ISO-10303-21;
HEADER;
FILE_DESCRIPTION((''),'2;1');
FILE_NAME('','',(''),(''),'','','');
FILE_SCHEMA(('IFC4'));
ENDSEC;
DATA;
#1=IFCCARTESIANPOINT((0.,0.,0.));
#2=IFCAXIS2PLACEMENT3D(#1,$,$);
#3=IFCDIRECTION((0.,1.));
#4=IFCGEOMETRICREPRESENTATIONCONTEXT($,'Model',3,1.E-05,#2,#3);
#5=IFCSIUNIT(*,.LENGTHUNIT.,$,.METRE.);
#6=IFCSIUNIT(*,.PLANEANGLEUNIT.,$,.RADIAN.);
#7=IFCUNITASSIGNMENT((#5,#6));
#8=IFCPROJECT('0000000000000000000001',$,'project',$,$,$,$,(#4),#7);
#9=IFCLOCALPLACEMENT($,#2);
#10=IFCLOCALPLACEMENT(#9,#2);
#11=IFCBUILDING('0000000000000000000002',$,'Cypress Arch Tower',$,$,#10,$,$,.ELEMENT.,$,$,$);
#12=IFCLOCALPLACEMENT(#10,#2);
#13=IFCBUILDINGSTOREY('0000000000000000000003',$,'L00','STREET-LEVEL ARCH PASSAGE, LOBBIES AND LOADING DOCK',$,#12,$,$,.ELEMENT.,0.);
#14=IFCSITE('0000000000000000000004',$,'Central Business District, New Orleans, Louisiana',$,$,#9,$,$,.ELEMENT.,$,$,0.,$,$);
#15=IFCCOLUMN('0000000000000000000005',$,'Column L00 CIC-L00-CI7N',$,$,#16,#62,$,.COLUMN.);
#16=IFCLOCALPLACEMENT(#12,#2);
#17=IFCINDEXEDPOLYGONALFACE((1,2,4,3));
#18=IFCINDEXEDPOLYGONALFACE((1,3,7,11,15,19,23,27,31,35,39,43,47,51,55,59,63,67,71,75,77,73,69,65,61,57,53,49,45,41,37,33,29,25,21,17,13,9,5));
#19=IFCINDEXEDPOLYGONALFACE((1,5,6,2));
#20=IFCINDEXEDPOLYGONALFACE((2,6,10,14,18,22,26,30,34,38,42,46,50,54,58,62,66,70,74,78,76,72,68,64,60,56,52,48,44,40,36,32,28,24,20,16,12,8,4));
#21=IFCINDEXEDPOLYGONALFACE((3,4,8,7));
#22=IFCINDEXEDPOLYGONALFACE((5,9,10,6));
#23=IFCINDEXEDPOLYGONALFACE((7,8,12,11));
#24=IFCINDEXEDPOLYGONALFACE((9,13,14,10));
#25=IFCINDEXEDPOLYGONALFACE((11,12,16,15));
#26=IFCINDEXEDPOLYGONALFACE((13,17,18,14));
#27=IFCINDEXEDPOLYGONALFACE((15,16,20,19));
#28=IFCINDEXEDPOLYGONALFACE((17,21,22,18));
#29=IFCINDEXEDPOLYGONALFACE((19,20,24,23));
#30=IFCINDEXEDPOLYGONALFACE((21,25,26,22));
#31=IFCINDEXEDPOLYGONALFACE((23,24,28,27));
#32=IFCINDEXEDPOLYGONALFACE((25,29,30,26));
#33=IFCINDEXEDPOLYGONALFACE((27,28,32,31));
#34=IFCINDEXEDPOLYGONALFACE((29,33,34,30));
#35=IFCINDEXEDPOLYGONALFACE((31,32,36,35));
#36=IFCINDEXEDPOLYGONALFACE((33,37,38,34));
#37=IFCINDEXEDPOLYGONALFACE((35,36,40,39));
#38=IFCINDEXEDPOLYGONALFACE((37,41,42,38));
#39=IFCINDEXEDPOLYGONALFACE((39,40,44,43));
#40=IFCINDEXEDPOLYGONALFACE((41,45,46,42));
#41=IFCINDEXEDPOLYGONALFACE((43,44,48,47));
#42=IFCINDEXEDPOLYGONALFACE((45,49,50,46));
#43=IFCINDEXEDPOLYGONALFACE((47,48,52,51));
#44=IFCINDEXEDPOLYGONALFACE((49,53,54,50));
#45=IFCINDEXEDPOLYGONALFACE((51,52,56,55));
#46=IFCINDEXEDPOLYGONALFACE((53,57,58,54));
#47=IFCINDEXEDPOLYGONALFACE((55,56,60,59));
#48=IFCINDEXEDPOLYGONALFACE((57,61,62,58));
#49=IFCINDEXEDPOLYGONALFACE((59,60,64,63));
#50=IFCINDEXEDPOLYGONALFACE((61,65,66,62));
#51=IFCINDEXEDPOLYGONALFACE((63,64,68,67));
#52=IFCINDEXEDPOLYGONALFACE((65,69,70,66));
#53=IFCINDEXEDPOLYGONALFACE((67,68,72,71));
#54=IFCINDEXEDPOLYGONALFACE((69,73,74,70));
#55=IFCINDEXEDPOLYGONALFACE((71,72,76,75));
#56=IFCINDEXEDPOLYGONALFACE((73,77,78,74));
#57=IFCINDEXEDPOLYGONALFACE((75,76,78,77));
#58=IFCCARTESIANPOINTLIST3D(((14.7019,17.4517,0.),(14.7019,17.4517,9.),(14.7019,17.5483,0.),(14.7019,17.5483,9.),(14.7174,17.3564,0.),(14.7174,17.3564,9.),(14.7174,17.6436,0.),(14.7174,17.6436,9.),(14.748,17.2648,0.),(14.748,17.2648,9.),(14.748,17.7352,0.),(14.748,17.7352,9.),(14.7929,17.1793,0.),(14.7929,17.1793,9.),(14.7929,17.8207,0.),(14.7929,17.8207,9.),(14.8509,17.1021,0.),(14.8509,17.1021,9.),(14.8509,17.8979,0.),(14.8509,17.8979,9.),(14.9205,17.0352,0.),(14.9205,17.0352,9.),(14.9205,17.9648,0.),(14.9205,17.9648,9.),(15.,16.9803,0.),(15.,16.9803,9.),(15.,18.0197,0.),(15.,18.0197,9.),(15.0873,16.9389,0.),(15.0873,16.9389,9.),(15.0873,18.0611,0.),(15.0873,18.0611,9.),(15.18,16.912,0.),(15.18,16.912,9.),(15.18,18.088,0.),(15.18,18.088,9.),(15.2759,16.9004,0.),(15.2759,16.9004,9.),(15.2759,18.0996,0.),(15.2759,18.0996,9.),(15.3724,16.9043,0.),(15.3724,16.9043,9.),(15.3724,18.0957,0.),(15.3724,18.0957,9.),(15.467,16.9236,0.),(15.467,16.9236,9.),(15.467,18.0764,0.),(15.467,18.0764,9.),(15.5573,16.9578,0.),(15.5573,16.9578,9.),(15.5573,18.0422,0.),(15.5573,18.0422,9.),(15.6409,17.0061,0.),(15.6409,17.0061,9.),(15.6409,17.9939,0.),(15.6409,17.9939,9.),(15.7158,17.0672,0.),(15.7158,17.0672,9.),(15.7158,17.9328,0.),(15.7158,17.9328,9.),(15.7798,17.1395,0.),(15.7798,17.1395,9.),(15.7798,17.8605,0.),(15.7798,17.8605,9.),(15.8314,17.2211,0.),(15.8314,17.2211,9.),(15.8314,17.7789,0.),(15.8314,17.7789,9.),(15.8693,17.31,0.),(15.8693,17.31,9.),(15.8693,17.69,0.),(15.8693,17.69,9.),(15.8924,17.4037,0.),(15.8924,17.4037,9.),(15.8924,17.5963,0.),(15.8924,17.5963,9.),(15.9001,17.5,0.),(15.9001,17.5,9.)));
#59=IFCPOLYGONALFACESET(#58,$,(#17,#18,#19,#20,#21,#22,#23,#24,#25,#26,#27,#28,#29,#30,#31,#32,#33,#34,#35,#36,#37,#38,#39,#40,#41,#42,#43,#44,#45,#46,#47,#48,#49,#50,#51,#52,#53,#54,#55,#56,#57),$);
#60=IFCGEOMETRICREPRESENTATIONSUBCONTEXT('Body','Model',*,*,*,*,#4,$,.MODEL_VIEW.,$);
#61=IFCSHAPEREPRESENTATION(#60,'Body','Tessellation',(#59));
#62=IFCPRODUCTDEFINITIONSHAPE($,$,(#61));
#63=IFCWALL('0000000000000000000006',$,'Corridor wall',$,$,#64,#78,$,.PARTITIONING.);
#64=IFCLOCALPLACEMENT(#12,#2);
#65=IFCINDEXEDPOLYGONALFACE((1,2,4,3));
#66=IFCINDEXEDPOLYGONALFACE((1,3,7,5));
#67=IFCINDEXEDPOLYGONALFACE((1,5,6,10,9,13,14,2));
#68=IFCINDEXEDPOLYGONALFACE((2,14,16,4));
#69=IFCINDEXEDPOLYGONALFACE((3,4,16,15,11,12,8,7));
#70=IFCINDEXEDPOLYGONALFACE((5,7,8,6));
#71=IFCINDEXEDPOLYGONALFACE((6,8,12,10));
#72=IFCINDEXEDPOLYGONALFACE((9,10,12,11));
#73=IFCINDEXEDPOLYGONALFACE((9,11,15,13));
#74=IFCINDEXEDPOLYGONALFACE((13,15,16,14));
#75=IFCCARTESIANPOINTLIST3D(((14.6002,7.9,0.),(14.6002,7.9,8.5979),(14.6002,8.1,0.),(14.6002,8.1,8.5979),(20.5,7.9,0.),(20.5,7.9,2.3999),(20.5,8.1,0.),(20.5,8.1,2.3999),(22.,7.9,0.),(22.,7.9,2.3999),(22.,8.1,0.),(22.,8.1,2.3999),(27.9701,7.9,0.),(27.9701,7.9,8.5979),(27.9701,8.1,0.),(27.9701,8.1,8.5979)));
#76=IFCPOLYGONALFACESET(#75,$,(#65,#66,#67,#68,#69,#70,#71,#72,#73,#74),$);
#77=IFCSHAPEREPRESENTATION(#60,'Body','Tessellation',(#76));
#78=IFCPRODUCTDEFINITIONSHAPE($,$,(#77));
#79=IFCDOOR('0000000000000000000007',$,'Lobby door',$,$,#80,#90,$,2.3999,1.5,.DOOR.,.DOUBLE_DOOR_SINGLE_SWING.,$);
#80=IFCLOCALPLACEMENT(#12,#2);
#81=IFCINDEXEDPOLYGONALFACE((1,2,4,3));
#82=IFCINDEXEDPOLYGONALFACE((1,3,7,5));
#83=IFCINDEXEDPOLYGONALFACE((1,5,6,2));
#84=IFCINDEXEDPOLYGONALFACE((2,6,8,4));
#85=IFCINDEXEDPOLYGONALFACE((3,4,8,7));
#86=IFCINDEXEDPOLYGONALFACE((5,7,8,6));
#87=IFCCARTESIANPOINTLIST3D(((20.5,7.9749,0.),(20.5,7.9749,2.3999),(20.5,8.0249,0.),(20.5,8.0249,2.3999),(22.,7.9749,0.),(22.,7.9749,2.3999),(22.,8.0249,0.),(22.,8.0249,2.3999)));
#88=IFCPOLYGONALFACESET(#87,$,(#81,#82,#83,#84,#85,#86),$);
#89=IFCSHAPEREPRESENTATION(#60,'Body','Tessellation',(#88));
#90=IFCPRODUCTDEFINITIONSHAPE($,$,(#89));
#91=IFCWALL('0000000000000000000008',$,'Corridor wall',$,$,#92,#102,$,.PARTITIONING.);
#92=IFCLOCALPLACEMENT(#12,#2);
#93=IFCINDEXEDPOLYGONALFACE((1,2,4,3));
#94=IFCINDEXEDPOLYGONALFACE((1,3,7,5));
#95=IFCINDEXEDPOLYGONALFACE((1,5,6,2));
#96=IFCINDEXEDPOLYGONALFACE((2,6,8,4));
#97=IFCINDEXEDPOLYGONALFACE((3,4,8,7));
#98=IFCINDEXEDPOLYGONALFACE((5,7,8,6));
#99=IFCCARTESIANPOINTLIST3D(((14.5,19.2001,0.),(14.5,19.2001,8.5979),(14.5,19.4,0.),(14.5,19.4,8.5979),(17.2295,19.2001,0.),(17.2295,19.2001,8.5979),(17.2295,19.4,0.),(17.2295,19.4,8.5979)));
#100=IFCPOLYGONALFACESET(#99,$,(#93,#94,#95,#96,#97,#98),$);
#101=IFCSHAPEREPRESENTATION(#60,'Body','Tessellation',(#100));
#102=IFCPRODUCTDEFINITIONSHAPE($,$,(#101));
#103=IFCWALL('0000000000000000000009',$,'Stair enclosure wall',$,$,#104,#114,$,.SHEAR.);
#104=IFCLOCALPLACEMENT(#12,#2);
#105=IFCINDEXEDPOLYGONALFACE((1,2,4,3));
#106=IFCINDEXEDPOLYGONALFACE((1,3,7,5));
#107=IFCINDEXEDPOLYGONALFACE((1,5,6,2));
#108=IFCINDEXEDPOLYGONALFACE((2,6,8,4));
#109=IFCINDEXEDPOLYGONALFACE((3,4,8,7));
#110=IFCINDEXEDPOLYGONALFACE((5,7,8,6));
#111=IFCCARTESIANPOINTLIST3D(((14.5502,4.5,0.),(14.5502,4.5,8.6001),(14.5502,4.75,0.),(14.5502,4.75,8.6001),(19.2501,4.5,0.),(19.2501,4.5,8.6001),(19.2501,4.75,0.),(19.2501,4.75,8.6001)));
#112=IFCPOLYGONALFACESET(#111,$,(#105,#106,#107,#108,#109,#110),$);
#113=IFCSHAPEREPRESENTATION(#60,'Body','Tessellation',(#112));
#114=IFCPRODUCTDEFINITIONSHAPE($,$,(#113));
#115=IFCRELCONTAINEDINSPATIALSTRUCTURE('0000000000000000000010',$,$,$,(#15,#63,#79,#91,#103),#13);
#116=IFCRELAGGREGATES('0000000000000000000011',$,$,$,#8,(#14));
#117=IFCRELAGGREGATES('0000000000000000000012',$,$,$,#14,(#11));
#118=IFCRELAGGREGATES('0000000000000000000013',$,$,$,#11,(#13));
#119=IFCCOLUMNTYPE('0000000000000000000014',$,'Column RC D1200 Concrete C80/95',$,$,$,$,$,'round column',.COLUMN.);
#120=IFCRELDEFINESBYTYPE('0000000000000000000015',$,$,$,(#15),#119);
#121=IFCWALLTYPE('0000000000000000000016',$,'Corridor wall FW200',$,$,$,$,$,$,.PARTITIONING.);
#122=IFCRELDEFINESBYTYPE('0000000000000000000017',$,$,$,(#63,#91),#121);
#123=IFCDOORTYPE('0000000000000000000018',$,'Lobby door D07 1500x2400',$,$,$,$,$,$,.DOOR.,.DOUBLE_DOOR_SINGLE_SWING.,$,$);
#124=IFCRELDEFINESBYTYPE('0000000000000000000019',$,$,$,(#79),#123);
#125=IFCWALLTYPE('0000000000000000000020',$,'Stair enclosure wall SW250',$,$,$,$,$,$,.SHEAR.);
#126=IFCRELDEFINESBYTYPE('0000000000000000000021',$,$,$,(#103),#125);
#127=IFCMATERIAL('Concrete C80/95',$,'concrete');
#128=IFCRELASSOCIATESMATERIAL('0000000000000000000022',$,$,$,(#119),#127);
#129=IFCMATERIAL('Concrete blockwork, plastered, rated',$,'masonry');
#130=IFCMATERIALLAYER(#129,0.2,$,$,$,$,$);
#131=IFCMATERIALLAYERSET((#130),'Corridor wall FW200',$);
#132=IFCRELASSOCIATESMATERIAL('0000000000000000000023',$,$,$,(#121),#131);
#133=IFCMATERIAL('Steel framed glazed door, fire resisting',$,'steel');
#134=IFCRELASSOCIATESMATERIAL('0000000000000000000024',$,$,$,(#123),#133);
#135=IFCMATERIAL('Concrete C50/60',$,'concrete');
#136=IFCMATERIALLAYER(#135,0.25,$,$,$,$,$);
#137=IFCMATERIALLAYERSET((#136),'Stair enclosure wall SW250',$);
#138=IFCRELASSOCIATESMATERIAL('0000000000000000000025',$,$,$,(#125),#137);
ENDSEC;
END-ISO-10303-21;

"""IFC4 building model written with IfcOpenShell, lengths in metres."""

from ifc_helpers import new_model, si_unit, direction, frame, frame_2d, origin, origin_2d, place, context, subcontext, project, spatial, rectangle, circle, extrude, material, layer, layer_set, material_profile, profile_set, type_object, element, fill, save


model = new_model("IFC4")

# Units and contexts
model_context = context("Model", 3, precision=1e-05, world=origin(), true_north=direction((0.0, 1.0)))
body_context = subcontext(model_context, "Body", "Model", "MODEL_VIEW")
ifc_project = project(units=[si_unit("LENGTHUNIT", "METRE"), si_unit("PLANEANGLEUNIT", "RADIAN")], contexts=[model_context])

# Site, building, storey
site_placement = place(None, origin())
site = spatial("IfcSite", under=ifc_project, at=site_placement, Name="Central Business District, New Orleans, Louisiana", CompositionType="ELEMENT", RefElevation=0.0)
building_placement = place(site_placement, origin())
building = spatial("IfcBuilding", under=site, at=building_placement, Name="Cypress Arch Tower", CompositionType="ELEMENT")
storey_placement = place(building_placement, origin())
storey = spatial("IfcBuildingStorey", under=building, at=storey_placement, Name="L00", Description="STREET-LEVEL ARCH PASSAGE, LOBBIES AND LOADING DOCK", CompositionType="ELEMENT", Elevation=0.0)

# Column
ifc_material_1 = material(Name="Concrete C80/95", Category="concrete")
ifc_material_profile_1 = material_profile(ifc_material_1, circle(Radius=0.6001, at=origin_2d()), Name="RC D1200")
ifc_profile_set_1 = profile_set([ifc_material_profile_1], Name="Concrete C80/95")
column_type = type_object("IfcColumnType", Name="Column RC D1200 Concrete C80/95", ElementType="round column", PredefinedType="COLUMN", material=ifc_profile_set_1)
column_placement = place(storey_placement, frame((15.3, 17.5, 0.0), z_axis=(0.0, 0.0, 1.0), x_axis=(1.0, 0.0, 0.0)))
element("IfcColumn", 1, at=column_placement, inside=storey, type_object=column_type, Name="Column L00 CIC-L00-CI7N", PredefinedType="COLUMN", context=body_context, shape_type="SweptSolid", body=[
    extrude(circle(Radius=0.6001, at=origin_2d()), origin(), (0.0, 0.0, 1.0), 9.0),
])

# Wall, opening, door
ifc_material_2 = material(Name="Concrete blockwork, plastered, rated", Category="masonry")
ifc_layer_1 = layer(ifc_material_2, 0.2)
ifc_layer_set_1 = layer_set([ifc_layer_1], Name="Corridor wall FW200")
wall_type_1 = type_object("IfcWallType", Name="Corridor wall FW200", PredefinedType="PARTITIONING", material=ifc_layer_set_1)
wall_1_placement = place(storey_placement, frame((14.6001, 8.0, 0.0), z_axis=(0.0, 0.0, 1.0), x_axis=(1.0, 0.0, 0.0)))
wall_1 = element("IfcWall", 2, at=wall_1_placement, inside=storey, type_object=wall_type_1, Name="Corridor wall", PredefinedType="PARTITIONING", context=body_context, shape_type="SweptSolid", body=[
    extrude(rectangle(XDim=13.3699, YDim=0.2, at=frame_2d((6.6851, 0.0))), origin(), (0.0, 0.0, 1.0), 8.5979),
])
opening_placement = place(wall_1_placement, frame((5.8999, 0.0, 0.0)))
opening = element("IfcOpeningElement", 3, at=opening_placement, cuts=wall_1, PredefinedType="OPENING", context=body_context, shape_type="SweptSolid", body=[
    extrude(rectangle(XDim=1.5, YDim=2.3999, at=frame_2d((0.75, 1.2))), frame((0.0, 0.1099, 0.0), z_axis=(0.0, -1.0, 0.0), x_axis=(1.0, 0.0, 0.0)), (0.0, 0.0, 1.0), 0.22),
])
ifc_material_3 = material(Name="Steel framed glazed door, fire resisting", Category="steel")
door_type = type_object("IfcDoorType", Name="Lobby door D07 1500x2400", OperationType="DOUBLE_DOOR_SINGLE_SWING", PredefinedType="DOOR", material=ifc_material_3)
door_placement = place(opening_placement, origin())
door = element("IfcDoor", 4, at=door_placement, inside=storey, type_object=door_type, Name="Lobby door", OperationType="DOUBLE_DOOR_SINGLE_SWING", OverallHeight=2.3999, OverallWidth=1.5, PredefinedType="DOOR", context=body_context, shape_type="SweptSolid", body=[
    extrude(rectangle(XDim=1.5, YDim=2.3999, at=frame_2d((0.75, 1.2))), frame((0.0, 0.0249, 0.0), z_axis=(0.0, -1.0, 0.0), x_axis=(1.0, 0.0, 0.0)), (0.0, 0.0, 1.0), 0.05),
])
fill(opening, door)

# Walls
wall_2_placement = place(storey_placement, frame((14.5, 19.3, 0.0), z_axis=(0.0, 0.0, 1.0), x_axis=(1.0, 0.0, 0.0)))
element("IfcWall", 5, at=wall_2_placement, inside=storey, type_object=wall_type_1, Name="Corridor wall", PredefinedType="PARTITIONING", context=body_context, shape_type="SweptSolid", body=[
    extrude(rectangle(XDim=2.7295, YDim=0.2, at=frame_2d((1.3647, 0.0))), origin(), (0.0, 0.0, 1.0), 8.5979),
])
ifc_material_4 = material(Name="Concrete C50/60", Category="concrete")
ifc_layer_2 = layer(ifc_material_4, 0.25)
ifc_layer_set_2 = layer_set([ifc_layer_2], Name="Stair enclosure wall SW250")
wall_type_2 = type_object("IfcWallType", Name="Stair enclosure wall SW250", PredefinedType="SHEAR", material=ifc_layer_set_2)
wall_3_placement = place(storey_placement, frame((14.55, 4.625, 0.0), z_axis=(0.0, 0.0, 1.0), x_axis=(1.0, 0.0, 0.0)))
element("IfcWall", 6, at=wall_3_placement, inside=storey, type_object=wall_type_2, Name="Stair enclosure wall", PredefinedType="SHEAR", context=body_context, shape_type="SweptSolid", body=[
    extrude(rectangle(XDim=4.7, YDim=0.25, at=frame_2d((2.3501, 0.0))), origin(), (0.0, 0.0, 1.0), 8.6001),
])

save(model, "model.ifc")
